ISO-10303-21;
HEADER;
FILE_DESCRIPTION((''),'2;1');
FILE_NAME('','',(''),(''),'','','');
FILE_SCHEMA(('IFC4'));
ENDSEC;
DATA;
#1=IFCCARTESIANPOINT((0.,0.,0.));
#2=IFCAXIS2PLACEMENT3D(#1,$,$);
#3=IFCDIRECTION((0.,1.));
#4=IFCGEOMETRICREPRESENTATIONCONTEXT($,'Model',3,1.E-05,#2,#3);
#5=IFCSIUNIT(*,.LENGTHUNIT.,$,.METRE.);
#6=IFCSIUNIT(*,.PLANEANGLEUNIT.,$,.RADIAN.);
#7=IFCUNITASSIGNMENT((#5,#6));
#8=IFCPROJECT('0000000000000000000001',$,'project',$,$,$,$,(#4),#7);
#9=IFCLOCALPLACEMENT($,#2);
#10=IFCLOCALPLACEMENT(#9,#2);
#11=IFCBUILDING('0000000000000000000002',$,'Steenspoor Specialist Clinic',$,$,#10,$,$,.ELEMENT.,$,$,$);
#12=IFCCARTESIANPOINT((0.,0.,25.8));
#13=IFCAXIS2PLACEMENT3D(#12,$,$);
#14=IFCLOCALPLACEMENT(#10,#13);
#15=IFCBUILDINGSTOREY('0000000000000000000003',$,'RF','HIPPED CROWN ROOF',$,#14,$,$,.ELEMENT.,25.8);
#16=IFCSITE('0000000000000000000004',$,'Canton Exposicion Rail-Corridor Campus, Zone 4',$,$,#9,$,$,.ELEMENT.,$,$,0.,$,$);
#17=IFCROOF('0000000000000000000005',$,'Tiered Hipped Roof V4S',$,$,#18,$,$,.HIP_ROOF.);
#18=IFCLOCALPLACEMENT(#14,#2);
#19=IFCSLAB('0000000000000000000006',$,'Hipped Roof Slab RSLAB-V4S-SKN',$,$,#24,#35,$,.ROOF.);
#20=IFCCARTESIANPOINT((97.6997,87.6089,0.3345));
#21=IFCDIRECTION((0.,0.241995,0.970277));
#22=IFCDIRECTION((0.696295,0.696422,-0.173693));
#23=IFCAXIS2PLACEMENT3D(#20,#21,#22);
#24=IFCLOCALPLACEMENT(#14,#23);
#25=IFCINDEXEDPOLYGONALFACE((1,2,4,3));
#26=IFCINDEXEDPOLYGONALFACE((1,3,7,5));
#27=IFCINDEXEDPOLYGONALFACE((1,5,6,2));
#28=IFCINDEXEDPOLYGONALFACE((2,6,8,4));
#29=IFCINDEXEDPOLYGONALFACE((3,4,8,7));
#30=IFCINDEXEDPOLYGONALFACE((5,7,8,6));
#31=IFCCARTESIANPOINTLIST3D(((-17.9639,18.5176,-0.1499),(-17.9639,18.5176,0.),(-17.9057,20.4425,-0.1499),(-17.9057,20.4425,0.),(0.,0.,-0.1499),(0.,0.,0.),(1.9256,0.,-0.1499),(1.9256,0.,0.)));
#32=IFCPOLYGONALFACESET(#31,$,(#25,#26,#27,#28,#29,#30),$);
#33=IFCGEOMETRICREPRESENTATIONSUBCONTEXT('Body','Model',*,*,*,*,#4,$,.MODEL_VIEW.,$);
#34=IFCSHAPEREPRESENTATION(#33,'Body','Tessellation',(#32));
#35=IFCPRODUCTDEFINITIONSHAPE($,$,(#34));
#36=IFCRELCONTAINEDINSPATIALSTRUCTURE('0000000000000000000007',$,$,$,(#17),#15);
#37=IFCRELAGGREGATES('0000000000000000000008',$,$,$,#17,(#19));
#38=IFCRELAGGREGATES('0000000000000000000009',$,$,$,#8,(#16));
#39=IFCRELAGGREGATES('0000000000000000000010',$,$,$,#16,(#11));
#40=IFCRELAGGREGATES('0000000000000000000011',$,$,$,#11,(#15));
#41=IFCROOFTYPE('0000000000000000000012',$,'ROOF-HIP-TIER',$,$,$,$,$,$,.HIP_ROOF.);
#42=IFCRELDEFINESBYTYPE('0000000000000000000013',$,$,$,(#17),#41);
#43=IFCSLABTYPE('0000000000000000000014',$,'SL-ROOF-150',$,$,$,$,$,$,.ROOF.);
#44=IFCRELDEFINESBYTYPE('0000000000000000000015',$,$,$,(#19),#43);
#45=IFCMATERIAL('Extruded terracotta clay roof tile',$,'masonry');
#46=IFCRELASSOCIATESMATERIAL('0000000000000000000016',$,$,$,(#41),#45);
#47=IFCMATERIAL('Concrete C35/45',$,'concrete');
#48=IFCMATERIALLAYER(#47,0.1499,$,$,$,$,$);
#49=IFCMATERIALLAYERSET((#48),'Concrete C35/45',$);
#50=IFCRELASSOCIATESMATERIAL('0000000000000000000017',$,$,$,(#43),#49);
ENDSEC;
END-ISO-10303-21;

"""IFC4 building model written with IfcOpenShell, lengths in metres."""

from ifc_helpers import new_model, si_unit, direction, frame, origin, place, context, subcontext, project, spatial, polyline, outline, extrude, material, layer, layer_set, type_object, element, aggregate, save


model = new_model("IFC4")

# Units and contexts
model_context = context("Model", 3, precision=1e-05, world=origin(), true_north=direction((0.0, 1.0)))
body_context = subcontext(model_context, "Body", "Model", "MODEL_VIEW")
ifc_project = project(units=[si_unit("LENGTHUNIT", "METRE"), si_unit("PLANEANGLEUNIT", "RADIAN")], contexts=[model_context])

# Site, building, storey
site_placement = place(None, origin())
site = spatial("IfcSite", under=ifc_project, at=site_placement, Name="Canton Exposicion Rail-Corridor Campus, Zone 4", CompositionType="ELEMENT", RefElevation=0.0)
building_placement = place(site_placement, origin())
building = spatial("IfcBuilding", under=site, at=building_placement, Name="Steenspoor Specialist Clinic", CompositionType="ELEMENT")
storey_placement = place(building_placement, frame((0.0, 0.0, 25.8)))
storey = spatial("IfcBuildingStorey", under=building, at=storey_placement, Name="RF", Description="HIPPED CROWN ROOF", CompositionType="ELEMENT", Elevation=25.8)

# Roof, slab
ifc_material_1 = material(Name="Extruded terracotta clay roof tile", Category="masonry")
roof_type = type_object("IfcRoofType", Name="ROOF-HIP-TIER", PredefinedType="HIP_ROOF", material=ifc_material_1)
ifc_material_2 = material(Name="Concrete C35/45", Category="concrete")
ifc_layer_1 = layer(ifc_material_2, 0.1499)
ifc_layer_set_1 = layer_set([ifc_layer_1], Name="Concrete C35/45")
slab_type = type_object("IfcSlabType", Name="SL-ROOF-150", PredefinedType="ROOF", material=ifc_layer_set_1)
roof_1_placement = place(storey_placement, origin())
roof_1 = element("IfcRoof", 1, at=roof_1_placement, inside=storey, type_object=roof_type, Name="Tiered Hipped Roof V4S", PredefinedType="HIP_ROOF")
slab_1_placement = place(storey_placement, frame((97.6997, 87.6089, 0.3345), z_axis=(0.0, 0.241995, 0.970277), x_axis=(0.696295, 0.696422, -0.173693)))
slab_1 = element("IfcSlab", 2, at=slab_1_placement, type_object=slab_type, Name="Hipped Roof Slab RSLAB-V4S-SKN", PredefinedType="ROOF", context=body_context, shape_type="SweptSolid", body=[
    extrude(outline(polyline([(0.0, 0.0), (1.9256, 0.0), (-17.9057, 20.4425), (-17.9639, 18.5176), (0.0, 0.0)])), origin(), (0.0, 0.0, -1.0), 0.1499),
])
aggregate(roof_1, [slab_1])

save(model, "model.ifc")
